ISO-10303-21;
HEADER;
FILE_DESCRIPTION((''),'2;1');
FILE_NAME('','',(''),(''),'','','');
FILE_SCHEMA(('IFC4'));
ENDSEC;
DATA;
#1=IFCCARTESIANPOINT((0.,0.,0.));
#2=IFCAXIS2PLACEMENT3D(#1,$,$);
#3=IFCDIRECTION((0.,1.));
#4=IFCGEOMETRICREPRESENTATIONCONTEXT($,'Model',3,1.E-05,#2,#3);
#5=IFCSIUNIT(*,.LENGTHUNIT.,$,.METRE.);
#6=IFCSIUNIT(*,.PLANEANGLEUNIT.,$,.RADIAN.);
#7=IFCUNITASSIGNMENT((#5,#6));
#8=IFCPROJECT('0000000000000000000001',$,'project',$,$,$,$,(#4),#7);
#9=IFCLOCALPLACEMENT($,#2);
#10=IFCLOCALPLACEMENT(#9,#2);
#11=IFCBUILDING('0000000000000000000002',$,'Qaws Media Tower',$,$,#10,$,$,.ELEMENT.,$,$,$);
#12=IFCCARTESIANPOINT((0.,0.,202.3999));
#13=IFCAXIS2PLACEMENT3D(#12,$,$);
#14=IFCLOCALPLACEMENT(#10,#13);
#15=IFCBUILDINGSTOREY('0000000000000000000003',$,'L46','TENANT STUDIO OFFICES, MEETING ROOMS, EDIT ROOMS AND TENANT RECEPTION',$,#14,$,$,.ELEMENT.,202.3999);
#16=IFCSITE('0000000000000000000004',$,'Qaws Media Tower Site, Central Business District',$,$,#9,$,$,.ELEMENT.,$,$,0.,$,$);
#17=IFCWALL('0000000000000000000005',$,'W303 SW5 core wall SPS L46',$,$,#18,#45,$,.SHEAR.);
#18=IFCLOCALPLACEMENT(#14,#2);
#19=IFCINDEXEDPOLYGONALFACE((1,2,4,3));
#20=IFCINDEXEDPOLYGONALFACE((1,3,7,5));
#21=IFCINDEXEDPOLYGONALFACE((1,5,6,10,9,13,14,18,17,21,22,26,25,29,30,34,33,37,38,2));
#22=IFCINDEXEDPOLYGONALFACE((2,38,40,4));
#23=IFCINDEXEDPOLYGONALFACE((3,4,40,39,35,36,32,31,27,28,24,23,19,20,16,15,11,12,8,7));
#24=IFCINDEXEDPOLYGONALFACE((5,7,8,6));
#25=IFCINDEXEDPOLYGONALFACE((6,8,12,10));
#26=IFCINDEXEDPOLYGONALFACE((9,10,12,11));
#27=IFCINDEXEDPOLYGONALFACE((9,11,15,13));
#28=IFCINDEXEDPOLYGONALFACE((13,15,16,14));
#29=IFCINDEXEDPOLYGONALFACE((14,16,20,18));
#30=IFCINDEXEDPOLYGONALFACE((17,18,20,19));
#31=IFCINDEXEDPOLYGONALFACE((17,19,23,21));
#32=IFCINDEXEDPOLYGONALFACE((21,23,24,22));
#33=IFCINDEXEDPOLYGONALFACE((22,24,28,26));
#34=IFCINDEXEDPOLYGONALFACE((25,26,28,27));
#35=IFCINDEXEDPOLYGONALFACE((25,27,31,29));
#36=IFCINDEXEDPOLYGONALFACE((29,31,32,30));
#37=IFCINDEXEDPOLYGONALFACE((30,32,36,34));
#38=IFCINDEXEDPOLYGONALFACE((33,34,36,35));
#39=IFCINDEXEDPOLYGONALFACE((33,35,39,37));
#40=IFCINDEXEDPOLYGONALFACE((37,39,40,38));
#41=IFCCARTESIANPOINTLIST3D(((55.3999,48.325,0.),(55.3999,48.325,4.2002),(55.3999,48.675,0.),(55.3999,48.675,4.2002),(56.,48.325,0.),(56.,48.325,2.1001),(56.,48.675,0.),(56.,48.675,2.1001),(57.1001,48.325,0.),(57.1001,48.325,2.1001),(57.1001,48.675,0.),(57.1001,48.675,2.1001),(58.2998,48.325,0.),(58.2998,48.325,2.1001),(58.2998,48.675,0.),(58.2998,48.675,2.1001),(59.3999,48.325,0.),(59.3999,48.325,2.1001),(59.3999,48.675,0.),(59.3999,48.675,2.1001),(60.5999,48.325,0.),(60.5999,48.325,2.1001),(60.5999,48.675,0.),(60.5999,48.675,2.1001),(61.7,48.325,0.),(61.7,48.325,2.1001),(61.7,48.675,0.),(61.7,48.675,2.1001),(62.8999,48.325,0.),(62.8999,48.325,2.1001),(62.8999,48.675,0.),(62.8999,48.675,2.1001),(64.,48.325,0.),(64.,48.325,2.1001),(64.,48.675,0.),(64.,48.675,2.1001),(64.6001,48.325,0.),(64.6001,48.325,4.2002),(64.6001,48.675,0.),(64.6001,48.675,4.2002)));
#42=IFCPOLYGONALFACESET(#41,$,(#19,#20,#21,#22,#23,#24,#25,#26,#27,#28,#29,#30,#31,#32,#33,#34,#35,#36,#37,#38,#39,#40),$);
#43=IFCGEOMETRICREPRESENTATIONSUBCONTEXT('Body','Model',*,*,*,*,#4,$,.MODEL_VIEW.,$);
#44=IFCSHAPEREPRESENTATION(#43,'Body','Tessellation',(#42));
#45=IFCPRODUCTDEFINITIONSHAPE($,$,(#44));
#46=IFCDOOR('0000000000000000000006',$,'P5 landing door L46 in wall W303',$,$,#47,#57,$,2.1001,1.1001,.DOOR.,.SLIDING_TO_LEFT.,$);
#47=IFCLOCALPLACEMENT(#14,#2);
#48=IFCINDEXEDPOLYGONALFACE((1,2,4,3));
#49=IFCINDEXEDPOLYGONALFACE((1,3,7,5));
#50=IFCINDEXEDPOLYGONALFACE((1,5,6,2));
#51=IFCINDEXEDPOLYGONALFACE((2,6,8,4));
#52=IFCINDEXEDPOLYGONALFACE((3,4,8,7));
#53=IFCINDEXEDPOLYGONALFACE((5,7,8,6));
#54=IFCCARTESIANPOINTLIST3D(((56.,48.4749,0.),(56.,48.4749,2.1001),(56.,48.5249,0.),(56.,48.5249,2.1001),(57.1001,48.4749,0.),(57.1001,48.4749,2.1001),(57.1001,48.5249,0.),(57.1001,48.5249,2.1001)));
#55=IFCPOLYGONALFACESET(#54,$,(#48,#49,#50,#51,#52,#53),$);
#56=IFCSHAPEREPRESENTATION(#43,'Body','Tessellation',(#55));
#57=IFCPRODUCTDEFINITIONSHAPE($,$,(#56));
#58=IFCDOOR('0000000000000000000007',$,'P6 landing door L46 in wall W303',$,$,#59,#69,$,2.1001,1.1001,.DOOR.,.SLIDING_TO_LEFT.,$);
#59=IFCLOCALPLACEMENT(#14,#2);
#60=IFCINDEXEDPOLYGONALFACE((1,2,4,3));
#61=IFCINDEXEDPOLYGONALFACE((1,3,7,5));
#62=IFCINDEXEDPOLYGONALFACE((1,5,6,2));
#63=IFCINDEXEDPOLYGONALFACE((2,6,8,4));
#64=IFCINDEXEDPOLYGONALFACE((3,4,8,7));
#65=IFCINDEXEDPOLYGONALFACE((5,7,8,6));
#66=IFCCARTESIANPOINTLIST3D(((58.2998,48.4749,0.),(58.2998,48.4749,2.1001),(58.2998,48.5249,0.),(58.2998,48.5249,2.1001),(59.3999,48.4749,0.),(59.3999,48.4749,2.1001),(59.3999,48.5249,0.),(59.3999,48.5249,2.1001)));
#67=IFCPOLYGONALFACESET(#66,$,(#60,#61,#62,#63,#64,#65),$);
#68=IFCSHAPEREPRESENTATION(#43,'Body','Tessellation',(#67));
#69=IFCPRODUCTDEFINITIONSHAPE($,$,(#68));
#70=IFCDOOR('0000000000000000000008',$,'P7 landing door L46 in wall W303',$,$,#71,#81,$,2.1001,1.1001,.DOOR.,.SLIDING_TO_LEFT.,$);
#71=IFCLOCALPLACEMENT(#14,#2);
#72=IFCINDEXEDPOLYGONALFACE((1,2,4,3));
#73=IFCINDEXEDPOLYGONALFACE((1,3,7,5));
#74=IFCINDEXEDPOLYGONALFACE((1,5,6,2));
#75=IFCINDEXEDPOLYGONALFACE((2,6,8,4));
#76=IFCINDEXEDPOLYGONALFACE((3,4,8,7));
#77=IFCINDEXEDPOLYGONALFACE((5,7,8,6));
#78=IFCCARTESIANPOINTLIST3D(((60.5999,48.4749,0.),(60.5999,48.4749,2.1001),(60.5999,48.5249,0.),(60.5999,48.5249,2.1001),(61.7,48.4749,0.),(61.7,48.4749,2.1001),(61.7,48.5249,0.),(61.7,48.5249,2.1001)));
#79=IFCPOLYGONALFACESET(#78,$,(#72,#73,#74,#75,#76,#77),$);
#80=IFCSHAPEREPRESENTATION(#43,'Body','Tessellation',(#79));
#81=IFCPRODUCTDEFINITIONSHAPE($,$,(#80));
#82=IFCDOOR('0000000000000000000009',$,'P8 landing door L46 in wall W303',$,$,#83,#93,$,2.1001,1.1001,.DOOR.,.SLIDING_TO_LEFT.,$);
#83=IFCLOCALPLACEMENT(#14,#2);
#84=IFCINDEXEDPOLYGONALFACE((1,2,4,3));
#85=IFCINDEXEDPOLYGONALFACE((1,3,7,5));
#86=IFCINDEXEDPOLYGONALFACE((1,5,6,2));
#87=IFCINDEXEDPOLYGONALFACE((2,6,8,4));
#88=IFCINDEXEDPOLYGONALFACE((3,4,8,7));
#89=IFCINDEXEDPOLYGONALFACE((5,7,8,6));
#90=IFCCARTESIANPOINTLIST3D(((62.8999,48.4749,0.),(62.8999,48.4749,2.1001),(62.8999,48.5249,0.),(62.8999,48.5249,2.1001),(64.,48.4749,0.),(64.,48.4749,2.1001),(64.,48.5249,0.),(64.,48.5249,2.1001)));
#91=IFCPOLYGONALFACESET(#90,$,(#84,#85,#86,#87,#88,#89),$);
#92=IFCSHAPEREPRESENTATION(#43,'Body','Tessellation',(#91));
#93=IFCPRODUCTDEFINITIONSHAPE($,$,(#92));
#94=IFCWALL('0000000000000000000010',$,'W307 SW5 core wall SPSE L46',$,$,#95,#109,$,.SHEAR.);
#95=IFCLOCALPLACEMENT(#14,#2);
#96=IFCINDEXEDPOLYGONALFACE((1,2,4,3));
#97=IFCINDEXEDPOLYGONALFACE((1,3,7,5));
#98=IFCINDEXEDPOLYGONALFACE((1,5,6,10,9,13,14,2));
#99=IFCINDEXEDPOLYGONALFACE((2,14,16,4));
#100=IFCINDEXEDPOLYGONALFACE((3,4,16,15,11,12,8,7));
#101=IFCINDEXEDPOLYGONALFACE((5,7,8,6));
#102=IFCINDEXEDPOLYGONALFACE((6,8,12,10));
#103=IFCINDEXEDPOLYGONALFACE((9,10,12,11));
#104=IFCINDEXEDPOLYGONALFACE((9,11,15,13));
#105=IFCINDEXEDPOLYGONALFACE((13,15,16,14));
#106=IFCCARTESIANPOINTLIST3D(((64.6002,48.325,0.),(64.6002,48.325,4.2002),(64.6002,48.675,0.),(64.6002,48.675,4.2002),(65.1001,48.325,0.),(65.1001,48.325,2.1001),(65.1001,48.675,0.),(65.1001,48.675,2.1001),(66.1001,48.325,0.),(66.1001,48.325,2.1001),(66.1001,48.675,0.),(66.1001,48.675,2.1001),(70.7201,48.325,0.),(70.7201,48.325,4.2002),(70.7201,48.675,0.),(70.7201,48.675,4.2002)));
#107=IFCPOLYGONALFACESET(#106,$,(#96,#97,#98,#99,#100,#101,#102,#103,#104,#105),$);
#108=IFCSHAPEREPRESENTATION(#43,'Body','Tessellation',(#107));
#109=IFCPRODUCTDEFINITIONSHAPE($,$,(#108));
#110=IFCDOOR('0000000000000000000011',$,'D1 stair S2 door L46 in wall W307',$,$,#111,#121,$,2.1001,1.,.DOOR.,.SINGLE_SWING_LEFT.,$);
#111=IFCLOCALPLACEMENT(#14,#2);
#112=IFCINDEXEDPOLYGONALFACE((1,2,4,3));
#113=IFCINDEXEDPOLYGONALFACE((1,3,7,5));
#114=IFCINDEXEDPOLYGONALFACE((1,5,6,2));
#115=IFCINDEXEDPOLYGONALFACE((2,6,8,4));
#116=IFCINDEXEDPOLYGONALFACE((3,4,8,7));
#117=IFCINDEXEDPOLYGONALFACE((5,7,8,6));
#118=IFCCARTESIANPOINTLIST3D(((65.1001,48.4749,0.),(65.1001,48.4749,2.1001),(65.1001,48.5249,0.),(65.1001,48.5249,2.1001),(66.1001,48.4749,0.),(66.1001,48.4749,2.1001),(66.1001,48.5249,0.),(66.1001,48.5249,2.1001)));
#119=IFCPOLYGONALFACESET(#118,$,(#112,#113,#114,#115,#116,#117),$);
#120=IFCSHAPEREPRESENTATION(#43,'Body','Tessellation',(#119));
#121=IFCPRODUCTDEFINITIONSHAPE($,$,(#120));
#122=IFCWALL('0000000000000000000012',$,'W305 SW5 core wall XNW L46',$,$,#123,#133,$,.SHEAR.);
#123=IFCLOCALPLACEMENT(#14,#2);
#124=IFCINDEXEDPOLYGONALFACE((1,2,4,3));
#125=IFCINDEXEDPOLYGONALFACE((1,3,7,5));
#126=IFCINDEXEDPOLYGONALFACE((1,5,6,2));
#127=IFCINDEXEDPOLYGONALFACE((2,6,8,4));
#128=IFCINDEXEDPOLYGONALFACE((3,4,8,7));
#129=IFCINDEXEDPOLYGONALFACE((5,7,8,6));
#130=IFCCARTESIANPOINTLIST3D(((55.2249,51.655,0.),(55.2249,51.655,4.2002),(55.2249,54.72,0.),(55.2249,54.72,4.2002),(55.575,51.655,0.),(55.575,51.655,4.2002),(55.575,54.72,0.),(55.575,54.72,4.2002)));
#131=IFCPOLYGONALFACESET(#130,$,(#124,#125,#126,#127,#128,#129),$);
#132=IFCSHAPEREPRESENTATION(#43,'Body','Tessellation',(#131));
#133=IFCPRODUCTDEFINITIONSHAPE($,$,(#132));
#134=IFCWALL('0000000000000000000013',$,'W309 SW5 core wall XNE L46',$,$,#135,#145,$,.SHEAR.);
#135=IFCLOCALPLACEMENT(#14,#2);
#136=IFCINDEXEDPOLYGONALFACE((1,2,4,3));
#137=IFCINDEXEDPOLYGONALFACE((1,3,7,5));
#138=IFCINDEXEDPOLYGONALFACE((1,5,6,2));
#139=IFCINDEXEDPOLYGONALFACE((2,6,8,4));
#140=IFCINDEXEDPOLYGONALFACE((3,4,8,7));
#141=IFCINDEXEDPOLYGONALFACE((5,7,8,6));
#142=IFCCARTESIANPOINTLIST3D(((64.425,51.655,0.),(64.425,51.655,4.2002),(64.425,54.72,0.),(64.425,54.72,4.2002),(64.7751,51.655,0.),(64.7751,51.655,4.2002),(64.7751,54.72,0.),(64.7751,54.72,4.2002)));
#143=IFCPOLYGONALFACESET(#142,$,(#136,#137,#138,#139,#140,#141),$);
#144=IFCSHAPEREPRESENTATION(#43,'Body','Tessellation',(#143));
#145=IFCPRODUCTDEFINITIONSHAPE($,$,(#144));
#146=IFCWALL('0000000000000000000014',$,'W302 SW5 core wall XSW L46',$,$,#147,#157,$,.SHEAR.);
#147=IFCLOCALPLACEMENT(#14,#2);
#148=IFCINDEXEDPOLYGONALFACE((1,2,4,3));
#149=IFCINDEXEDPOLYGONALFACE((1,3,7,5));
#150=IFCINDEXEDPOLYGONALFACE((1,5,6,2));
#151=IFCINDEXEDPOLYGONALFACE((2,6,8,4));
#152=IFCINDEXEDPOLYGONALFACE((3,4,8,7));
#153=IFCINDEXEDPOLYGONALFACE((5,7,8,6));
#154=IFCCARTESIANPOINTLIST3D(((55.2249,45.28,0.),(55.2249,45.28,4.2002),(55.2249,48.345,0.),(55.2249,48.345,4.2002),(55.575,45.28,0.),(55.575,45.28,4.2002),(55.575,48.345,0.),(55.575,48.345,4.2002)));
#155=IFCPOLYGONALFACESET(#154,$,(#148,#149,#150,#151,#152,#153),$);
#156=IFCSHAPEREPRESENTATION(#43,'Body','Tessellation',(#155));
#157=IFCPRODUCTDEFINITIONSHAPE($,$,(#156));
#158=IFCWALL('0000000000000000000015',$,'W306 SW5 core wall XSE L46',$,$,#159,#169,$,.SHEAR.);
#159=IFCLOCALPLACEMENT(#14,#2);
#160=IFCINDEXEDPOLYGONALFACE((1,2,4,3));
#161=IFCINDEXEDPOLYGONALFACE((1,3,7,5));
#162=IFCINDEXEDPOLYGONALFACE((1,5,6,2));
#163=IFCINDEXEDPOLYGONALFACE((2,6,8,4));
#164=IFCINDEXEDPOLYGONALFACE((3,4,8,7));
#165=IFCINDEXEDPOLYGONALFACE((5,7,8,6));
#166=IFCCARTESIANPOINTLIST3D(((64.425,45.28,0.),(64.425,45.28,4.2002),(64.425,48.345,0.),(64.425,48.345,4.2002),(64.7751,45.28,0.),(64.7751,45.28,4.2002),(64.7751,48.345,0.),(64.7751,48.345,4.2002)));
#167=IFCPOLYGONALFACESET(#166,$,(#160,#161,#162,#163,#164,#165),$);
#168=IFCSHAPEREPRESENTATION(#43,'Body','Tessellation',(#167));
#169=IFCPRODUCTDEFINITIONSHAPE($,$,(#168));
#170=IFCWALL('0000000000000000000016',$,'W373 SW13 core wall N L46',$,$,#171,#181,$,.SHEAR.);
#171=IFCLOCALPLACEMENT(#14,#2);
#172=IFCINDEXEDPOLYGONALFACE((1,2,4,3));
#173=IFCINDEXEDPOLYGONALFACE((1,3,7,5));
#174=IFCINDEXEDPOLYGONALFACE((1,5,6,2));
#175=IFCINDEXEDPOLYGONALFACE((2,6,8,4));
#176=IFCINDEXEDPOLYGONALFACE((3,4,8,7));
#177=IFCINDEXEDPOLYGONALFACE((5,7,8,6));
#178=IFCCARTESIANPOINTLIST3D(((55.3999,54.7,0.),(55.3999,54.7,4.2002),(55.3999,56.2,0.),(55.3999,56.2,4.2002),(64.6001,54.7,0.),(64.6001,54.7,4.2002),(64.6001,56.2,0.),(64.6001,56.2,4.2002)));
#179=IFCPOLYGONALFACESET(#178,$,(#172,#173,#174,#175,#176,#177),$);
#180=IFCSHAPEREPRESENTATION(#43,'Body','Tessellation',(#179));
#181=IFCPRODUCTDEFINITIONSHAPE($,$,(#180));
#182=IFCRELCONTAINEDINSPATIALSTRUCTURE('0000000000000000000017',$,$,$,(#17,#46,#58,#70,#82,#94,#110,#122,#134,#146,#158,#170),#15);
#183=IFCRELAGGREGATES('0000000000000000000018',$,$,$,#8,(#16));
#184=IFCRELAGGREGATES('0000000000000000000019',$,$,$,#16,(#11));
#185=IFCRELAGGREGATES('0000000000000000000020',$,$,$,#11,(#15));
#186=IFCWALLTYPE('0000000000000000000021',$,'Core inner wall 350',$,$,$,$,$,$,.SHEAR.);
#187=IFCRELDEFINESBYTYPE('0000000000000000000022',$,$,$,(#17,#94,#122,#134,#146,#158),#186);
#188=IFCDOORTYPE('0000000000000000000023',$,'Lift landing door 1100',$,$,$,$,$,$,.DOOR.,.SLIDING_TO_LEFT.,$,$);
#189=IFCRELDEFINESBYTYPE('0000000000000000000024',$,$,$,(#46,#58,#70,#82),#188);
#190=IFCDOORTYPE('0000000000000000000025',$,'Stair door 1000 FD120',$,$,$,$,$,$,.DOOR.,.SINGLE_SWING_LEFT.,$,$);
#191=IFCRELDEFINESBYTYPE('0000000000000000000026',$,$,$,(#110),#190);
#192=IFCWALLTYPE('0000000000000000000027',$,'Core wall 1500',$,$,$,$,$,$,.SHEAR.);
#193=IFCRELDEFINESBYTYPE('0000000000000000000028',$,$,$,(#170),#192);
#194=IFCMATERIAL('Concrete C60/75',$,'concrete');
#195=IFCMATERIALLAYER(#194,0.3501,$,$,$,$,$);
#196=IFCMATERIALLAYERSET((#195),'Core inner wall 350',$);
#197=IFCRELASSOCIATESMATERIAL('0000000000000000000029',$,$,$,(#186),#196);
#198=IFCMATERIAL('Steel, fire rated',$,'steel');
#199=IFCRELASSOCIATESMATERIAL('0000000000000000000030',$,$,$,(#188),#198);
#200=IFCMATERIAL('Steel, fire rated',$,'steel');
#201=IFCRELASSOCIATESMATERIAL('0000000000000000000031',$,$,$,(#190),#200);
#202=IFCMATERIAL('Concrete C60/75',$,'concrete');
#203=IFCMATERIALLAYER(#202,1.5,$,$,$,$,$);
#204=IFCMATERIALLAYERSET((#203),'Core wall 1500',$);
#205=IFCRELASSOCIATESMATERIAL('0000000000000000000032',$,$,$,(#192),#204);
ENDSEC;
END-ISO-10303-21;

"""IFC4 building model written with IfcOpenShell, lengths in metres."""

from ifc_helpers import new_model, si_unit, direction, frame, frame_2d, origin, place, context, subcontext, project, spatial, rectangle, extrude, material, layer, layer_set, type_object, element, fill, save


model = new_model("IFC4")

# Units and contexts
model_context = context("Model", 3, precision=1e-05, world=origin(), true_north=direction((0.0, 1.0)))
body_context = subcontext(model_context, "Body", "Model", "MODEL_VIEW")
ifc_project = project(units=[si_unit("LENGTHUNIT", "METRE"), si_unit("PLANEANGLEUNIT", "RADIAN")], contexts=[model_context])

# Site, building, storey
site_placement = place(None, origin())
site = spatial("IfcSite", under=ifc_project, at=site_placement, Name="Qaws Media Tower Site, Central Business District", CompositionType="ELEMENT", RefElevation=0.0)
building_placement = place(site_placement, origin())
building = spatial("IfcBuilding", under=site, at=building_placement, Name="Qaws Media Tower", CompositionType="ELEMENT")
storey_placement = place(building_placement, frame((0.0, 0.0, 202.3999)))
storey = spatial("IfcBuildingStorey", under=building, at=storey_placement, Name="L46", Description="TENANT STUDIO OFFICES, MEETING ROOMS, EDIT ROOMS AND TENANT RECEPTION", CompositionType="ELEMENT", Elevation=202.3999)

# Wall, openings, doors
ifc_material_1 = material(Name="Concrete C60/75", Category="concrete")
ifc_layer_1 = layer(ifc_material_1, 0.3501)
ifc_layer_set_1 = layer_set([ifc_layer_1], Name="Core inner wall 350")
wall_type_1 = type_object("IfcWallType", Name="Core inner wall 350", PredefinedType="SHEAR", material=ifc_layer_set_1)
wall_1_placement = place(storey_placement, frame((55.3999, 48.5, 0.0), z_axis=(0.0, 0.0, 1.0), x_axis=(1.0, 0.0, 0.0)))
wall_1 = element("IfcWall", 1, at=wall_1_placement, inside=storey, type_object=wall_type_1, Name="W303 SW5 core wall SPS L46", PredefinedType="SHEAR", context=body_context, shape_type="SweptSolid", body=[
    extrude(rectangle(XDim=9.2002, YDim=0.3501, at=frame_2d((4.6001, 0.0))), origin(), (0.0, 0.0, 1.0), 4.2002),
])
opening_1_placement = place(wall_1_placement, frame((0.6001, 0.0, 0.0)))
opening_1 = element("IfcOpeningElement", 2, at=opening_1_placement, cuts=wall_1, PredefinedType="OPENING", context=body_context, shape_type="SweptSolid", body=[
    extrude(rectangle(XDim=1.1001, YDim=2.1001, at=frame_2d((0.55, 1.05))), frame((0.0, 0.1851, 0.0), z_axis=(0.0, -1.0, 0.0), x_axis=(1.0, 0.0, 0.0)), (0.0, 0.0, 1.0), 0.3701),
])
opening_2_placement = place(wall_1_placement, frame((2.8999, 0.0, 0.0)))
opening_2 = element("IfcOpeningElement", 3, at=opening_2_placement, cuts=wall_1, PredefinedType="OPENING", context=body_context, shape_type="SweptSolid", body=[
    extrude(rectangle(XDim=1.1001, YDim=2.1001, at=frame_2d((0.55, 1.05))), frame((0.0, 0.1851, 0.0), z_axis=(0.0, -1.0, 0.0), x_axis=(1.0, 0.0, 0.0)), (0.0, 0.0, 1.0), 0.3701),
])
opening_3_placement = place(wall_1_placement, frame((5.2, 0.0, 0.0)))
opening_3 = element("IfcOpeningElement", 4, at=opening_3_placement, cuts=wall_1, PredefinedType="OPENING", context=body_context, shape_type="SweptSolid", body=[
    extrude(rectangle(XDim=1.1001, YDim=2.1001, at=frame_2d((0.55, 1.05))), frame((0.0, 0.1851, 0.0), z_axis=(0.0, -1.0, 0.0), x_axis=(1.0, 0.0, 0.0)), (0.0, 0.0, 1.0), 0.3701),
])
opening_4_placement = place(wall_1_placement, frame((7.5, 0.0, 0.0)))
opening_4 = element("IfcOpeningElement", 5, at=opening_4_placement, cuts=wall_1, PredefinedType="OPENING", context=body_context, shape_type="SweptSolid", body=[
    extrude(rectangle(XDim=1.1001, YDim=2.1001, at=frame_2d((0.55, 1.05))), frame((0.0, 0.1851, 0.0), z_axis=(0.0, -1.0, 0.0), x_axis=(1.0, 0.0, 0.0)), (0.0, 0.0, 1.0), 0.3701),
])
ifc_material_2 = material(Name="Steel, fire rated", Category="steel")
door_type_1 = type_object("IfcDoorType", Name="Lift landing door 1100", OperationType="SLIDING_TO_LEFT", PredefinedType="DOOR", material=ifc_material_2)
door_1_placement = place(opening_1_placement, origin())
door_1 = element("IfcDoor", 6, at=door_1_placement, inside=storey, type_object=door_type_1, Name="P5 landing door L46 in wall W303", OperationType="SLIDING_TO_LEFT", OverallHeight=2.1001, OverallWidth=1.1001, PredefinedType="DOOR", context=body_context, shape_type="SweptSolid", body=[
    extrude(rectangle(XDim=1.1001, YDim=2.1001, at=frame_2d((0.55, 1.05))), frame((0.0, 0.0249, 0.0), z_axis=(0.0, -1.0, 0.0), x_axis=(1.0, 0.0, 0.0)), (0.0, 0.0, 1.0), 0.05),
])
fill(opening_1, door_1)
door_2_placement = place(opening_2_placement, origin())
door_2 = element("IfcDoor", 7, at=door_2_placement, inside=storey, type_object=door_type_1, Name="P6 landing door L46 in wall W303", OperationType="SLIDING_TO_LEFT", OverallHeight=2.1001, OverallWidth=1.1001, PredefinedType="DOOR", context=body_context, shape_type="SweptSolid", body=[
    extrude(rectangle(XDim=1.1001, YDim=2.1001, at=frame_2d((0.55, 1.05))), frame((0.0, 0.0249, 0.0), z_axis=(0.0, -1.0, 0.0), x_axis=(1.0, 0.0, 0.0)), (0.0, 0.0, 1.0), 0.05),
])
fill(opening_2, door_2)
door_3_placement = place(opening_3_placement, origin())
door_3 = element("IfcDoor", 8, at=door_3_placement, inside=storey, type_object=door_type_1, Name="P7 landing door L46 in wall W303", OperationType="SLIDING_TO_LEFT", OverallHeight=2.1001, OverallWidth=1.1001, PredefinedType="DOOR", context=body_context, shape_type="SweptSolid", body=[
    extrude(rectangle(XDim=1.1001, YDim=2.1001, at=frame_2d((0.55, 1.05))), frame((0.0, 0.0249, 0.0), z_axis=(0.0, -1.0, 0.0), x_axis=(1.0, 0.0, 0.0)), (0.0, 0.0, 1.0), 0.05),
])
fill(opening_3, door_3)
door_4_placement = place(opening_4_placement, origin())
door_4 = element("IfcDoor", 9, at=door_4_placement, inside=storey, type_object=door_type_1, Name="P8 landing door L46 in wall W303", OperationType="SLIDING_TO_LEFT", OverallHeight=2.1001, OverallWidth=1.1001, PredefinedType="DOOR", context=body_context, shape_type="SweptSolid", body=[
    extrude(rectangle(XDim=1.1001, YDim=2.1001, at=frame_2d((0.55, 1.05))), frame((0.0, 0.0249, 0.0), z_axis=(0.0, -1.0, 0.0), x_axis=(1.0, 0.0, 0.0)), (0.0, 0.0, 1.0), 0.05),
])
fill(opening_4, door_4)

# Wall, opening, door
wall_2_placement = place(storey_placement, frame((64.6001, 48.5, 0.0), z_axis=(0.0, 0.0, 1.0), x_axis=(1.0, 0.0, 0.0)))
wall_2 = element("IfcWall", 10, at=wall_2_placement, inside=storey, type_object=wall_type_1, Name="W307 SW5 core wall SPSE L46", PredefinedType="SHEAR", context=body_context, shape_type="SweptSolid", body=[
    extrude(rectangle(XDim=6.1199, YDim=0.3501, at=frame_2d((3.0601, 0.0))), origin(), (0.0, 0.0, 1.0), 4.2002),
])
opening_5_placement = place(wall_2_placement, frame((0.5, 0.0, 0.0)))
opening_5 = element("IfcOpeningElement", 11, at=opening_5_placement, cuts=wall_2, PredefinedType="OPENING", context=body_context, shape_type="SweptSolid", body=[
    extrude(rectangle(XDim=1.0, YDim=2.1001, at=frame_2d((0.5, 1.05))), frame((0.0, 0.1851, 0.0), z_axis=(0.0, -1.0, 0.0), x_axis=(1.0, 0.0, 0.0)), (0.0, 0.0, 1.0), 0.3701),
])
ifc_material_3 = material(Name="Steel, fire rated", Category="steel")
door_type_2 = type_object("IfcDoorType", Name="Stair door 1000 FD120", OperationType="SINGLE_SWING_LEFT", PredefinedType="DOOR", material=ifc_material_3)
door_5_placement = place(opening_5_placement, origin())
door_5 = element("IfcDoor", 12, at=door_5_placement, inside=storey, type_object=door_type_2, Name="D1 stair S2 door L46 in wall W307", OperationType="SINGLE_SWING_LEFT", OverallHeight=2.1001, OverallWidth=1.0, PredefinedType="DOOR", context=body_context, shape_type="SweptSolid", body=[
    extrude(rectangle(XDim=1.0, YDim=2.1001, at=frame_2d((0.5, 1.05))), frame((0.0, 0.0249, 0.0), z_axis=(0.0, -1.0, 0.0), x_axis=(1.0, 0.0, 0.0)), (0.0, 0.0, 1.0), 0.05),
])
fill(opening_5, door_5)

# Walls
for number, where, z_axis, x_axis, name in (
    (13, (55.3999, 51.655, 0.0), (0.0, 0.0, 1.0), (0.0, 1.0, 0.0), "W305 SW5 core wall XNW L46"),
    (14, (64.6001, 51.655, 0.0), (0.0, 0.0, 1.0), (0.0, 1.0, 0.0), "W309 SW5 core wall XNE L46"),
    (15, (55.3999, 48.345, 0.0), (0.0, 0.0, 1.0), (0.0, -1.0, 0.0), "W302 SW5 core wall XSW L46"),
    (16, (64.6001, 48.345, 0.0), (0.0, 0.0, 1.0), (0.0, -1.0, 0.0), "W306 SW5 core wall XSE L46"),
):
    element("IfcWall", number, at=place(storey_placement, frame(where, z_axis=z_axis, x_axis=x_axis)), inside=storey, type_object=wall_type_1, Name=name, PredefinedType="SHEAR", context=body_context, shape_type="SweptSolid", body=[
        extrude(rectangle(XDim=3.0649, YDim=0.3501, at=frame_2d((1.5325, 0.0))), origin(), (0.0, 0.0, 1.0), 4.2002),
    ])
ifc_material_4 = material(Name="Concrete C60/75", Category="concrete")
ifc_layer_2 = layer(ifc_material_4, 1.5)
ifc_layer_set_2 = layer_set([ifc_layer_2], Name="Core wall 1500")
wall_type_2 = type_object("IfcWallType", Name="Core wall 1500", PredefinedType="SHEAR", material=ifc_layer_set_2)
wall_3_placement = place(storey_placement, frame((55.3999, 55.45, 0.0), z_axis=(0.0, 0.0, 1.0), x_axis=(1.0, 0.0, 0.0)))
element("IfcWall", 17, at=wall_3_placement, inside=storey, type_object=wall_type_2, Name="W373 SW13 core wall N L46", PredefinedType="SHEAR", context=body_context, shape_type="SweptSolid", body=[
    extrude(rectangle(XDim=9.2002, YDim=1.5, at=frame_2d((4.6001, 0.0))), origin(), (0.0, 0.0, 1.0), 4.2002),
])

save(model, "model.ifc")
